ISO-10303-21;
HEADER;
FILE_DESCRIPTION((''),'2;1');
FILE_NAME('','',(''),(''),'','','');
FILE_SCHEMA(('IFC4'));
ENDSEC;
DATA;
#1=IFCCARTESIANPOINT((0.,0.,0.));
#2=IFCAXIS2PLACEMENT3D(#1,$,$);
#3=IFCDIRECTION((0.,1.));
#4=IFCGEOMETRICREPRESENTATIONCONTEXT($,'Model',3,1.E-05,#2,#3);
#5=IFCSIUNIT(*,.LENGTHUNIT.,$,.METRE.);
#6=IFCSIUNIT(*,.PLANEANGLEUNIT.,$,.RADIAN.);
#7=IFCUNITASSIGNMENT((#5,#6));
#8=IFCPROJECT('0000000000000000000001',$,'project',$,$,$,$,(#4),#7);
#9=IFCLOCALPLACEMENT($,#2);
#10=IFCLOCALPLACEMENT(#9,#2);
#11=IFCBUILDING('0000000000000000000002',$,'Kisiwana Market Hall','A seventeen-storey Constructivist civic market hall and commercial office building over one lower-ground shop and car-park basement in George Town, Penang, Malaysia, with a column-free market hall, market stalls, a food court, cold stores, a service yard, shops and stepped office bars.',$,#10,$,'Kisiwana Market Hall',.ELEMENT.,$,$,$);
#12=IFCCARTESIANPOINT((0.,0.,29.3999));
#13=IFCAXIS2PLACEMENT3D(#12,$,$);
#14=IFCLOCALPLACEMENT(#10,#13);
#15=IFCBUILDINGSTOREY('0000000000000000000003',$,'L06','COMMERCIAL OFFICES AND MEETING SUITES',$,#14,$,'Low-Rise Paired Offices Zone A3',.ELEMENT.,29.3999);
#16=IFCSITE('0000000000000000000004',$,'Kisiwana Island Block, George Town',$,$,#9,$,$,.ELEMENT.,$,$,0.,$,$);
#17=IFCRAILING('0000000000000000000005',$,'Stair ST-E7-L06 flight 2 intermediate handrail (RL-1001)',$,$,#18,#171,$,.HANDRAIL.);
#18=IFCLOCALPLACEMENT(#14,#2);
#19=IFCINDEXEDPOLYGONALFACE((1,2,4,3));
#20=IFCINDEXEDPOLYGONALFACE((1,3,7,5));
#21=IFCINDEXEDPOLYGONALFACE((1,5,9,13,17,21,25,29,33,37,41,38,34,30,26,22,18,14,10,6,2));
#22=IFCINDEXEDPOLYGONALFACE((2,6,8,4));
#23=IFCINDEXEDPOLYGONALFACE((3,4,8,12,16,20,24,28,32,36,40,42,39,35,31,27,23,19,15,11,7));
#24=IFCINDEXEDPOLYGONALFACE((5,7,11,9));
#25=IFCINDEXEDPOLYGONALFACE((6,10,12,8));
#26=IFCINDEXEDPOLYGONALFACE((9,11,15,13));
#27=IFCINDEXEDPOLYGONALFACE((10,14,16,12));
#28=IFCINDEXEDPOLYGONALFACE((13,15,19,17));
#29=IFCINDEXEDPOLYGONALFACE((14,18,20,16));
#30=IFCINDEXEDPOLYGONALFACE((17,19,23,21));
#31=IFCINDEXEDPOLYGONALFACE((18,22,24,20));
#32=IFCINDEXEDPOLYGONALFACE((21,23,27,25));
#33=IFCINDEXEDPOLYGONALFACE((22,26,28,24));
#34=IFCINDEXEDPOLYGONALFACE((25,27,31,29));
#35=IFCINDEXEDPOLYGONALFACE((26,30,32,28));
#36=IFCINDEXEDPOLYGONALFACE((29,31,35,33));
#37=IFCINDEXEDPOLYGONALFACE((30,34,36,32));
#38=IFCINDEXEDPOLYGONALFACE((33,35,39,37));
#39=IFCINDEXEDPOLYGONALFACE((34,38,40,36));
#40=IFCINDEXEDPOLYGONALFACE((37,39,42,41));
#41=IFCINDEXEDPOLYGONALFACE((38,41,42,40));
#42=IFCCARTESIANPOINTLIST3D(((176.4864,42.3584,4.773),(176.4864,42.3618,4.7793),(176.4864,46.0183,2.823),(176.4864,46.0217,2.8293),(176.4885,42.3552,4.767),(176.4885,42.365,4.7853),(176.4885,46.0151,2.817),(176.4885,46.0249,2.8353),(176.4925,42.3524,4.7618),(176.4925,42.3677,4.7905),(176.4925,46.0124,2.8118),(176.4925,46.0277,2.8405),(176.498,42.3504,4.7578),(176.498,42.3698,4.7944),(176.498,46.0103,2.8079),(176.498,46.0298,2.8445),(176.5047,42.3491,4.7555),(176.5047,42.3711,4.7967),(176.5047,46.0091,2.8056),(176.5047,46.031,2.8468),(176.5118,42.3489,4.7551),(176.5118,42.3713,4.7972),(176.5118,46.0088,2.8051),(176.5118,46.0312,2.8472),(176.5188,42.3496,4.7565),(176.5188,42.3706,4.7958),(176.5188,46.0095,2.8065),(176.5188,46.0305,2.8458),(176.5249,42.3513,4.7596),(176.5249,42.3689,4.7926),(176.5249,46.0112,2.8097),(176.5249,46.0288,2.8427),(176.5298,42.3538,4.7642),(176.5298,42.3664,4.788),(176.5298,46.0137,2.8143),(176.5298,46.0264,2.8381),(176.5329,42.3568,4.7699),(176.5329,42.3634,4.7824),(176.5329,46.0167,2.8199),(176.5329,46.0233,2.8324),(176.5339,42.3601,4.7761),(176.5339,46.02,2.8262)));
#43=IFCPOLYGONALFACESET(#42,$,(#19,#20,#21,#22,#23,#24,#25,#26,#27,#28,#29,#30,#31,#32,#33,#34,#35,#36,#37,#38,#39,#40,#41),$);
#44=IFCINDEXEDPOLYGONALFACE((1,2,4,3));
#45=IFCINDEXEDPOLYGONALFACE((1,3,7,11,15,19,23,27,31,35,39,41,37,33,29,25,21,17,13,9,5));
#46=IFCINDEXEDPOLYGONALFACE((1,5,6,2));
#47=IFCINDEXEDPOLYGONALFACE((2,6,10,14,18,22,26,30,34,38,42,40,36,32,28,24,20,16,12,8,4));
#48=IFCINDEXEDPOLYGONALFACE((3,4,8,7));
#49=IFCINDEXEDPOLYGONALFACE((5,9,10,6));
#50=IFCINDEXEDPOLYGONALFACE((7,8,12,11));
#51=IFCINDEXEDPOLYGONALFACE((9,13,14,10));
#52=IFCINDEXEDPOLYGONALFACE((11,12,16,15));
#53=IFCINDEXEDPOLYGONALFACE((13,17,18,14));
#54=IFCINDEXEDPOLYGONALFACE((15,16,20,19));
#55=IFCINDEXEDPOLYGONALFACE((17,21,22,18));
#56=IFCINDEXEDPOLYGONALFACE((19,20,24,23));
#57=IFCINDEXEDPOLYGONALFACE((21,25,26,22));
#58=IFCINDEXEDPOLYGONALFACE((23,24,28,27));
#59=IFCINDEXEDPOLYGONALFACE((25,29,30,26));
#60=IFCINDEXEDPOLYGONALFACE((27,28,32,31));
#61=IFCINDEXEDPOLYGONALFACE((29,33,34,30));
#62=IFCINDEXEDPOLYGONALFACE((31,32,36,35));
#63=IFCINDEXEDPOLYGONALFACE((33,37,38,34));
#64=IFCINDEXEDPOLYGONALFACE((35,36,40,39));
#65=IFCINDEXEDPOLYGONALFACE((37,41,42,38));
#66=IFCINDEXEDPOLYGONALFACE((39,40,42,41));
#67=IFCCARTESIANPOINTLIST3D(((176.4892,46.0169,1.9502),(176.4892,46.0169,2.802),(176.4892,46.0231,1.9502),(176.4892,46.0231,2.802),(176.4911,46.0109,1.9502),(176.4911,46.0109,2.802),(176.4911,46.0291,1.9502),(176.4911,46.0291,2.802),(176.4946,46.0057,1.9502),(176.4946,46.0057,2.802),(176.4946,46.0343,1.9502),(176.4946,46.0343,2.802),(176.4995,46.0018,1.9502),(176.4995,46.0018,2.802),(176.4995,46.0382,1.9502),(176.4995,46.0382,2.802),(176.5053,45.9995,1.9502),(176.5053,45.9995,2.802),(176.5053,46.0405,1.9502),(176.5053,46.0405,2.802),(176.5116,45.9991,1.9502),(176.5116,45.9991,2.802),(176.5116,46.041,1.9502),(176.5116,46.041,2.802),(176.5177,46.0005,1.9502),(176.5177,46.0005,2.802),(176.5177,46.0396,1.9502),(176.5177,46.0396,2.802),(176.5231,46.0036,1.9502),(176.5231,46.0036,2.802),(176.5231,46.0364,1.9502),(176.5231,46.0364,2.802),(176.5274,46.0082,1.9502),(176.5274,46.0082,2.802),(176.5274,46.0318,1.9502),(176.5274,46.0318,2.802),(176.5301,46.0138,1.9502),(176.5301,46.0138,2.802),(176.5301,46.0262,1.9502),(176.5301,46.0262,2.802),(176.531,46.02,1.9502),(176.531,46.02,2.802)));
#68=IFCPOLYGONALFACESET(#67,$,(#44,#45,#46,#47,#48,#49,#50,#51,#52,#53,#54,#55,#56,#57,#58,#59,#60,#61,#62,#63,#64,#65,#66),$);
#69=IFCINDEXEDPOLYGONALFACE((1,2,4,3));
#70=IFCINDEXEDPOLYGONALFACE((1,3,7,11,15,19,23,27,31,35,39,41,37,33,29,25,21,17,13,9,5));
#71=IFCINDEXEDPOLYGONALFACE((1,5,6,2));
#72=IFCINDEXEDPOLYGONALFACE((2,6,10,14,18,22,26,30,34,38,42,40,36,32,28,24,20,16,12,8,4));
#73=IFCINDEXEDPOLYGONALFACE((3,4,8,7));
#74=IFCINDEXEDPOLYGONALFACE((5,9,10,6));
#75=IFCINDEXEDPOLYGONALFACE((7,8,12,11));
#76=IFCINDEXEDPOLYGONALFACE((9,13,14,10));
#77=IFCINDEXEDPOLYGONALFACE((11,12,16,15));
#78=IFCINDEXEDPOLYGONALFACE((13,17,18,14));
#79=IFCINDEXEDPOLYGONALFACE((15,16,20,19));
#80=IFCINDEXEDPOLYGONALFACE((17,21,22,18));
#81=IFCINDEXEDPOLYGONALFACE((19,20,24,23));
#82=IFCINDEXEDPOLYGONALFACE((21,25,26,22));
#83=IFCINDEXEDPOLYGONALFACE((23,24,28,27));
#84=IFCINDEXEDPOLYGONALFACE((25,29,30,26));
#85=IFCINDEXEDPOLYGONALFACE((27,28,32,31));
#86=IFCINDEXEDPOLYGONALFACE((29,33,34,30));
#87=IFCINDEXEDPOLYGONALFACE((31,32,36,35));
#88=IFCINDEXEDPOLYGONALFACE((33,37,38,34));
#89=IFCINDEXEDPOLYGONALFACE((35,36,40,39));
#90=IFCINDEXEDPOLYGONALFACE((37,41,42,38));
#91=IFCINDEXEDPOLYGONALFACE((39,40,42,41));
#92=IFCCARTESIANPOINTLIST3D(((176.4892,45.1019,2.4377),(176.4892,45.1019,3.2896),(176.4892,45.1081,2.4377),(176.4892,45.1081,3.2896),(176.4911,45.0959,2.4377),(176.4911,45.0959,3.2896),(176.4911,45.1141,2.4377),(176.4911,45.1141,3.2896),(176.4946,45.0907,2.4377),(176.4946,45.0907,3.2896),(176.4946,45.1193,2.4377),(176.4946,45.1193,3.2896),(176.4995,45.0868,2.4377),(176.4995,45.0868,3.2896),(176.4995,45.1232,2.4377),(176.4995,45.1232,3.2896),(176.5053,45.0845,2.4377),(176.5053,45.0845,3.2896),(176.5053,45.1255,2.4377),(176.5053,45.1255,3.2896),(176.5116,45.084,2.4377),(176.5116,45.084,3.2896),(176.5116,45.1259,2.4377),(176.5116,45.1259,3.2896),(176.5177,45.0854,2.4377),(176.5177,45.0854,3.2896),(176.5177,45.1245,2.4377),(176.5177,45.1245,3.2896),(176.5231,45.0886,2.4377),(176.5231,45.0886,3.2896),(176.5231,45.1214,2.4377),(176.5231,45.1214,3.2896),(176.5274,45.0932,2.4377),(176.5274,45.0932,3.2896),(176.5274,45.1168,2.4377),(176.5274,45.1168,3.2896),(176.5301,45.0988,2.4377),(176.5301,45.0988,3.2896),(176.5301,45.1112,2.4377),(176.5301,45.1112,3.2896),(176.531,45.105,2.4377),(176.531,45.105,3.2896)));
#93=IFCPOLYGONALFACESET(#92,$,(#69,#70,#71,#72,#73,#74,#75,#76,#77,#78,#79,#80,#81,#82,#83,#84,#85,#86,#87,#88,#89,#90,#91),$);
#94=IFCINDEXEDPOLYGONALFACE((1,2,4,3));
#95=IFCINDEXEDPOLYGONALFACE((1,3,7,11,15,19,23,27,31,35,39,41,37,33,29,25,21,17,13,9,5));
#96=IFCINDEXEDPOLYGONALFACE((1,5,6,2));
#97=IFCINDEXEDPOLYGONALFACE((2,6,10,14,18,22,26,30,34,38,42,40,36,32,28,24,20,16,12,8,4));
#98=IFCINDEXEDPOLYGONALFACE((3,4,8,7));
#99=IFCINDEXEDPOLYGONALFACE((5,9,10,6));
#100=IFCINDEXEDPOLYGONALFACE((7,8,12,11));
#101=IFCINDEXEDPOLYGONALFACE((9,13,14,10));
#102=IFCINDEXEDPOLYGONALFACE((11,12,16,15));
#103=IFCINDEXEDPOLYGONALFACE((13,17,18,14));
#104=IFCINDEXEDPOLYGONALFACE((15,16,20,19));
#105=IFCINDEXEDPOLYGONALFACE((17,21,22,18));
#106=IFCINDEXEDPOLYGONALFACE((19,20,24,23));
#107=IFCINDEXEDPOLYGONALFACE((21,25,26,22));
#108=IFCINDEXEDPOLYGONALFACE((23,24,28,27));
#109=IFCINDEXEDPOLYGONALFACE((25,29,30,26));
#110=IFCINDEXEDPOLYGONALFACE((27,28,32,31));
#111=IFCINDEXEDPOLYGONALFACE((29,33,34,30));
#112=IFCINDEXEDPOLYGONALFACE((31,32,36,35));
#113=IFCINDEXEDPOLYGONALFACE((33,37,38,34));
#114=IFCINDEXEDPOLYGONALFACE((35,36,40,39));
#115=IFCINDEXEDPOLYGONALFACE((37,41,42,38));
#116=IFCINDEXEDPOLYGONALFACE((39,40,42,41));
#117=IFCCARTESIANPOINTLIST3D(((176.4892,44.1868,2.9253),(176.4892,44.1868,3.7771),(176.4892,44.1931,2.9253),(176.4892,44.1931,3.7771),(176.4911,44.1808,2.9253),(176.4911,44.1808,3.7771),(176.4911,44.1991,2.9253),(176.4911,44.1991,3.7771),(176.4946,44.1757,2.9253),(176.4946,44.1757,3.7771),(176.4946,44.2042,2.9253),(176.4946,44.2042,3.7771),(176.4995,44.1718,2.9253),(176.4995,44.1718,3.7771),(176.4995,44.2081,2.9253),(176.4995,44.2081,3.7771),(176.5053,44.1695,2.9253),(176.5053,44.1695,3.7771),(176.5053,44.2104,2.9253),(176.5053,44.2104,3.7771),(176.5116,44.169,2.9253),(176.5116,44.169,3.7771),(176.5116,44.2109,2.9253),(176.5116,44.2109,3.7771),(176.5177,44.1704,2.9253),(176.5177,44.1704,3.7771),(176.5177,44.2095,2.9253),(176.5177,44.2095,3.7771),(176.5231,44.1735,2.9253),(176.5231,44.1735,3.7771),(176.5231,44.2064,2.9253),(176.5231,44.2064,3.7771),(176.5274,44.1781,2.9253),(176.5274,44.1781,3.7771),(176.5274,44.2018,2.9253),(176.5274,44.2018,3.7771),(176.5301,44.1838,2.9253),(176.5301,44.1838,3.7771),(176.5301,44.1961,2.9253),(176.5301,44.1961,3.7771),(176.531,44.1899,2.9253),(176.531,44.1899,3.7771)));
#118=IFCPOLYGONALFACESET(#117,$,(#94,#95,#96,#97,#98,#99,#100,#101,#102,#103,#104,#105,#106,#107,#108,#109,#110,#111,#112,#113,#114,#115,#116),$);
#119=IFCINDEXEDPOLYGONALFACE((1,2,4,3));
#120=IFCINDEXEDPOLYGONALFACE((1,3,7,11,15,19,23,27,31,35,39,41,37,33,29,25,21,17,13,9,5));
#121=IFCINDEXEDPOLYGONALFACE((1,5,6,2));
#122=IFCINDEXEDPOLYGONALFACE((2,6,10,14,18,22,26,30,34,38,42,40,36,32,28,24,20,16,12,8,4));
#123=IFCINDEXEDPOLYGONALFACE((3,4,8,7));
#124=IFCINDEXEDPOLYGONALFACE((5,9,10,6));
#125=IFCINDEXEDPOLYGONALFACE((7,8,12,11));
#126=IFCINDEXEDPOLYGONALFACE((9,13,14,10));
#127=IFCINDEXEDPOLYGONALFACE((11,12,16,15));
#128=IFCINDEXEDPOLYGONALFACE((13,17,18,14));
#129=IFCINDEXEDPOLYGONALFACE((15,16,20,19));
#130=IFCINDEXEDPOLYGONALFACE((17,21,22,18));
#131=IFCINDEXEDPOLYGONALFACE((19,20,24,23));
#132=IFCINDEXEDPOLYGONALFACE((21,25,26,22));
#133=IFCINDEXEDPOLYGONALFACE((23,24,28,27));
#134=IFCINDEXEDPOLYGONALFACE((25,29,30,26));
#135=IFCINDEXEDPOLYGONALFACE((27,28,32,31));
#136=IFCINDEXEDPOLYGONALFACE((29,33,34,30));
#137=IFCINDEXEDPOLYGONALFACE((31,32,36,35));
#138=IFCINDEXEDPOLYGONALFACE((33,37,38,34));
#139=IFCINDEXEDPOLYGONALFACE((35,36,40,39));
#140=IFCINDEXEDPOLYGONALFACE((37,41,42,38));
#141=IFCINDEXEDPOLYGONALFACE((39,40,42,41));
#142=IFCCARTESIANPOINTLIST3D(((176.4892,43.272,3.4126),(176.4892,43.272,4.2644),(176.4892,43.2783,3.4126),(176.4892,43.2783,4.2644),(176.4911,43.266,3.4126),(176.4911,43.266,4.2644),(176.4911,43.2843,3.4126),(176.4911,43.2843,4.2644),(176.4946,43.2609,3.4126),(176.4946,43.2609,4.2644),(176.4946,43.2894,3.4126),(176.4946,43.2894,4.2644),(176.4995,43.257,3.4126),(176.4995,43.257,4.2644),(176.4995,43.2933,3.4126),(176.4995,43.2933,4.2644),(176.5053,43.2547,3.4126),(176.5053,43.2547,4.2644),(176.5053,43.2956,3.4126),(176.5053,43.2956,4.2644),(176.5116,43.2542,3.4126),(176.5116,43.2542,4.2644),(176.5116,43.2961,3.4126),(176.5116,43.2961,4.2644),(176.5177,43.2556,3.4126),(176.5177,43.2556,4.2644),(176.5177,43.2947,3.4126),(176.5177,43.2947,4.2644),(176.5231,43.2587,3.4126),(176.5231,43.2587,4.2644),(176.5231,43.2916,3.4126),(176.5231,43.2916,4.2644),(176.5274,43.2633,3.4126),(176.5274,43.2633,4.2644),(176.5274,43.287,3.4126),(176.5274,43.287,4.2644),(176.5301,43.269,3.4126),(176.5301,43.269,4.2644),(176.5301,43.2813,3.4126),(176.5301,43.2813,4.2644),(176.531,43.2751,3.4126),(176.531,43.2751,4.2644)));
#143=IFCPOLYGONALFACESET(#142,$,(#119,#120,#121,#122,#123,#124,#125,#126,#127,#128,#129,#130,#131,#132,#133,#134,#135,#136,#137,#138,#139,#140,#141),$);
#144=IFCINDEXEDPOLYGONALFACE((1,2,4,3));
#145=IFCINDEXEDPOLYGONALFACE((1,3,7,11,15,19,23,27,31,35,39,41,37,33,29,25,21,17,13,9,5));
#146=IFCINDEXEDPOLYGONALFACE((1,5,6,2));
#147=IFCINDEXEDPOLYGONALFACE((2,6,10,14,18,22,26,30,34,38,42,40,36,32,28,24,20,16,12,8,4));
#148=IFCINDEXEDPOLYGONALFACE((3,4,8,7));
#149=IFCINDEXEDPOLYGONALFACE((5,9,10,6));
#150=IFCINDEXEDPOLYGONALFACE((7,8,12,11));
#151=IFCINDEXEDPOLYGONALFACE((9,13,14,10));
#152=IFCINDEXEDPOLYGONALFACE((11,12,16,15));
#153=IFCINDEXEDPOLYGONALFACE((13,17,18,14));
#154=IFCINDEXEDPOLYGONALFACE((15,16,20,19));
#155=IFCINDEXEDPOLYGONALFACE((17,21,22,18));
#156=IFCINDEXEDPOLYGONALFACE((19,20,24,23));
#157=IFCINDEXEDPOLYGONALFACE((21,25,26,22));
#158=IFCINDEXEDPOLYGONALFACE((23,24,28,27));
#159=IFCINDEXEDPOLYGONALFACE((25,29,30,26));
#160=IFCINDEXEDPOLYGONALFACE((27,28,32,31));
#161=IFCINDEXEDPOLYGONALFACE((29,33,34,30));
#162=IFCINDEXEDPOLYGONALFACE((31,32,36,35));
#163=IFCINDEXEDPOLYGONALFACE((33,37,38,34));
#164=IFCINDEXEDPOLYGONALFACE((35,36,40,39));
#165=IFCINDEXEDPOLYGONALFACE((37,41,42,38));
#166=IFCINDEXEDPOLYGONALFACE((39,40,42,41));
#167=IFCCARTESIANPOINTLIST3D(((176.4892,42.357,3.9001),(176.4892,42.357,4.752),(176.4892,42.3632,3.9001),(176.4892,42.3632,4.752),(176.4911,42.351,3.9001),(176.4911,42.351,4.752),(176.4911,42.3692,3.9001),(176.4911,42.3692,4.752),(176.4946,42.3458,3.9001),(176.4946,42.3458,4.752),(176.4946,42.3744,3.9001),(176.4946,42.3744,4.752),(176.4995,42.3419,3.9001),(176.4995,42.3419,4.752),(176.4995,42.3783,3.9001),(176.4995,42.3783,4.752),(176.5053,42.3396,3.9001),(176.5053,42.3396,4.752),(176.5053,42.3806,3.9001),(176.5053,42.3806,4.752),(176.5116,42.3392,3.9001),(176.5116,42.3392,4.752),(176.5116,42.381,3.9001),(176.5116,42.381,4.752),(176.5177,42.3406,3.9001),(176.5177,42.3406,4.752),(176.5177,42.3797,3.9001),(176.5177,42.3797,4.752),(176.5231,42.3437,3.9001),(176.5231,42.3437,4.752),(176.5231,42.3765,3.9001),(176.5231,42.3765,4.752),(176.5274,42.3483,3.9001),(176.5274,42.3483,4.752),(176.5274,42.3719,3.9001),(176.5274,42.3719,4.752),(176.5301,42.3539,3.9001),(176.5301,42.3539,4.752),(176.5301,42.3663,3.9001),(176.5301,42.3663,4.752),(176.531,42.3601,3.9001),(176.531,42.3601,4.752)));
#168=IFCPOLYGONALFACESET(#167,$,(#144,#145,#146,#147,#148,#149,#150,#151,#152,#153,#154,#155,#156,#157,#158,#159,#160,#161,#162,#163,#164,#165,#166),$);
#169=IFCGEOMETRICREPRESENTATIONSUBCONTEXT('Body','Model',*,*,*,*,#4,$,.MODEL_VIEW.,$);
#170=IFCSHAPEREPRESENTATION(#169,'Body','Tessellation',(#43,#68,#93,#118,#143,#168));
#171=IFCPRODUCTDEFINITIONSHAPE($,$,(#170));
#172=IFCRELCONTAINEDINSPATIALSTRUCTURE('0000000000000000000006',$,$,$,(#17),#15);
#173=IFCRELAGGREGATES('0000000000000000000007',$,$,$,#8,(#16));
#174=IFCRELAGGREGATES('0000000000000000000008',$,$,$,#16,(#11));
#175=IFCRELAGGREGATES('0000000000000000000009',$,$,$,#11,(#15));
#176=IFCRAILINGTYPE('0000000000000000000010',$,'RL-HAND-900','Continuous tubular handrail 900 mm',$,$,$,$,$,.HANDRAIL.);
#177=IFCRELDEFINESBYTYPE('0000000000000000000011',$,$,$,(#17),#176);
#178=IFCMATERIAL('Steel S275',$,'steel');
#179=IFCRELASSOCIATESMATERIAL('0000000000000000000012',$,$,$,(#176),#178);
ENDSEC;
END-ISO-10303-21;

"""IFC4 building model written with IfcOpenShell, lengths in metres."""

from ifc_helpers import new_model, si_unit, direction, frame, origin, origin_2d, place, context, subcontext, project, spatial, circle, extrude, material, type_object, element, save


model = new_model("IFC4")

# Units and contexts
model_context = context("Model", 3, precision=1e-05, world=origin(), true_north=direction((0.0, 1.0)))
body_context = subcontext(model_context, "Body", "Model", "MODEL_VIEW")
ifc_project = project(units=[si_unit("LENGTHUNIT", "METRE"), si_unit("PLANEANGLEUNIT", "RADIAN")], contexts=[model_context])

# Site, building, storey
site_placement = place(None, origin())
site = spatial("IfcSite", under=ifc_project, at=site_placement, Name="Kisiwana Island Block, George Town", CompositionType="ELEMENT", RefElevation=0.0)
building_placement = place(site_placement, origin())
building = spatial("IfcBuilding", under=site, at=building_placement, Name="Kisiwana Market Hall", Description="A seventeen-storey Constructivist civic market hall and commercial office building over one lower-ground shop and car-park basement in George Town, Penang, Malaysia, with a column-free market hall, market stalls, a food court, cold stores, a service yard, shops and stepped office bars.", LongName="Kisiwana Market Hall", CompositionType="ELEMENT")
storey_placement = place(building_placement, frame((0.0, 0.0, 29.3999)))
storey = spatial("IfcBuildingStorey", under=building, at=storey_placement, Name="L06", Description="COMMERCIAL OFFICES AND MEETING SUITES", LongName="Low-Rise Paired Offices Zone A3", CompositionType="ELEMENT", Elevation=29.3999)

# Railing
ifc_material_1 = material(Name="Steel S275", Category="steel")
railing_type_1 = type_object("IfcRailingType", Name="RL-HAND-900", Description="Continuous tubular handrail 900 mm", PredefinedType="HANDRAIL", material=ifc_material_1)
railing_1_placement = place(storey_placement, frame((176.51, 46.02, 1.9502)))
element("IfcRailing", 1, at=railing_1_placement, inside=storey, type_object=railing_type_1, Name="Stair ST-E7-L06 flight 2 intermediate handrail (RL-1001)", PredefinedType="HANDRAIL", context=body_context, shape_type="SweptSolid", body=[
    extrude(circle(Radius=0.0239, at=origin_2d()), frame((0.0, 0.0, 0.876), z_axis=(0.0, -0.882553, 0.470212), x_axis=(1.0, 0.0, 0.0)), (0.0, 0.0, 1.0), 4.147),
    extrude(circle(Radius=0.021, at=origin_2d()), origin(), (0.0, 0.0, 1.0), 0.8518),
    extrude(circle(Radius=0.021, at=origin_2d()), frame((0.0, -0.915, 0.4875)), (0.0, 0.0, 1.0), 0.8518),
    extrude(circle(Radius=0.021, at=origin_2d()), frame((0.0, -1.8301, 0.9751)), (0.0, 0.0, 1.0), 0.8518),
    extrude(circle(Radius=0.021, at=origin_2d()), frame((0.0, -2.7449, 1.4624)), (0.0, 0.0, 1.0), 0.8518),
    extrude(circle(Radius=0.021, at=origin_2d()), frame((0.0, -3.6599, 1.95)), (0.0, 0.0, 1.0), 0.8518),
])

save(model, "model.ifc")
